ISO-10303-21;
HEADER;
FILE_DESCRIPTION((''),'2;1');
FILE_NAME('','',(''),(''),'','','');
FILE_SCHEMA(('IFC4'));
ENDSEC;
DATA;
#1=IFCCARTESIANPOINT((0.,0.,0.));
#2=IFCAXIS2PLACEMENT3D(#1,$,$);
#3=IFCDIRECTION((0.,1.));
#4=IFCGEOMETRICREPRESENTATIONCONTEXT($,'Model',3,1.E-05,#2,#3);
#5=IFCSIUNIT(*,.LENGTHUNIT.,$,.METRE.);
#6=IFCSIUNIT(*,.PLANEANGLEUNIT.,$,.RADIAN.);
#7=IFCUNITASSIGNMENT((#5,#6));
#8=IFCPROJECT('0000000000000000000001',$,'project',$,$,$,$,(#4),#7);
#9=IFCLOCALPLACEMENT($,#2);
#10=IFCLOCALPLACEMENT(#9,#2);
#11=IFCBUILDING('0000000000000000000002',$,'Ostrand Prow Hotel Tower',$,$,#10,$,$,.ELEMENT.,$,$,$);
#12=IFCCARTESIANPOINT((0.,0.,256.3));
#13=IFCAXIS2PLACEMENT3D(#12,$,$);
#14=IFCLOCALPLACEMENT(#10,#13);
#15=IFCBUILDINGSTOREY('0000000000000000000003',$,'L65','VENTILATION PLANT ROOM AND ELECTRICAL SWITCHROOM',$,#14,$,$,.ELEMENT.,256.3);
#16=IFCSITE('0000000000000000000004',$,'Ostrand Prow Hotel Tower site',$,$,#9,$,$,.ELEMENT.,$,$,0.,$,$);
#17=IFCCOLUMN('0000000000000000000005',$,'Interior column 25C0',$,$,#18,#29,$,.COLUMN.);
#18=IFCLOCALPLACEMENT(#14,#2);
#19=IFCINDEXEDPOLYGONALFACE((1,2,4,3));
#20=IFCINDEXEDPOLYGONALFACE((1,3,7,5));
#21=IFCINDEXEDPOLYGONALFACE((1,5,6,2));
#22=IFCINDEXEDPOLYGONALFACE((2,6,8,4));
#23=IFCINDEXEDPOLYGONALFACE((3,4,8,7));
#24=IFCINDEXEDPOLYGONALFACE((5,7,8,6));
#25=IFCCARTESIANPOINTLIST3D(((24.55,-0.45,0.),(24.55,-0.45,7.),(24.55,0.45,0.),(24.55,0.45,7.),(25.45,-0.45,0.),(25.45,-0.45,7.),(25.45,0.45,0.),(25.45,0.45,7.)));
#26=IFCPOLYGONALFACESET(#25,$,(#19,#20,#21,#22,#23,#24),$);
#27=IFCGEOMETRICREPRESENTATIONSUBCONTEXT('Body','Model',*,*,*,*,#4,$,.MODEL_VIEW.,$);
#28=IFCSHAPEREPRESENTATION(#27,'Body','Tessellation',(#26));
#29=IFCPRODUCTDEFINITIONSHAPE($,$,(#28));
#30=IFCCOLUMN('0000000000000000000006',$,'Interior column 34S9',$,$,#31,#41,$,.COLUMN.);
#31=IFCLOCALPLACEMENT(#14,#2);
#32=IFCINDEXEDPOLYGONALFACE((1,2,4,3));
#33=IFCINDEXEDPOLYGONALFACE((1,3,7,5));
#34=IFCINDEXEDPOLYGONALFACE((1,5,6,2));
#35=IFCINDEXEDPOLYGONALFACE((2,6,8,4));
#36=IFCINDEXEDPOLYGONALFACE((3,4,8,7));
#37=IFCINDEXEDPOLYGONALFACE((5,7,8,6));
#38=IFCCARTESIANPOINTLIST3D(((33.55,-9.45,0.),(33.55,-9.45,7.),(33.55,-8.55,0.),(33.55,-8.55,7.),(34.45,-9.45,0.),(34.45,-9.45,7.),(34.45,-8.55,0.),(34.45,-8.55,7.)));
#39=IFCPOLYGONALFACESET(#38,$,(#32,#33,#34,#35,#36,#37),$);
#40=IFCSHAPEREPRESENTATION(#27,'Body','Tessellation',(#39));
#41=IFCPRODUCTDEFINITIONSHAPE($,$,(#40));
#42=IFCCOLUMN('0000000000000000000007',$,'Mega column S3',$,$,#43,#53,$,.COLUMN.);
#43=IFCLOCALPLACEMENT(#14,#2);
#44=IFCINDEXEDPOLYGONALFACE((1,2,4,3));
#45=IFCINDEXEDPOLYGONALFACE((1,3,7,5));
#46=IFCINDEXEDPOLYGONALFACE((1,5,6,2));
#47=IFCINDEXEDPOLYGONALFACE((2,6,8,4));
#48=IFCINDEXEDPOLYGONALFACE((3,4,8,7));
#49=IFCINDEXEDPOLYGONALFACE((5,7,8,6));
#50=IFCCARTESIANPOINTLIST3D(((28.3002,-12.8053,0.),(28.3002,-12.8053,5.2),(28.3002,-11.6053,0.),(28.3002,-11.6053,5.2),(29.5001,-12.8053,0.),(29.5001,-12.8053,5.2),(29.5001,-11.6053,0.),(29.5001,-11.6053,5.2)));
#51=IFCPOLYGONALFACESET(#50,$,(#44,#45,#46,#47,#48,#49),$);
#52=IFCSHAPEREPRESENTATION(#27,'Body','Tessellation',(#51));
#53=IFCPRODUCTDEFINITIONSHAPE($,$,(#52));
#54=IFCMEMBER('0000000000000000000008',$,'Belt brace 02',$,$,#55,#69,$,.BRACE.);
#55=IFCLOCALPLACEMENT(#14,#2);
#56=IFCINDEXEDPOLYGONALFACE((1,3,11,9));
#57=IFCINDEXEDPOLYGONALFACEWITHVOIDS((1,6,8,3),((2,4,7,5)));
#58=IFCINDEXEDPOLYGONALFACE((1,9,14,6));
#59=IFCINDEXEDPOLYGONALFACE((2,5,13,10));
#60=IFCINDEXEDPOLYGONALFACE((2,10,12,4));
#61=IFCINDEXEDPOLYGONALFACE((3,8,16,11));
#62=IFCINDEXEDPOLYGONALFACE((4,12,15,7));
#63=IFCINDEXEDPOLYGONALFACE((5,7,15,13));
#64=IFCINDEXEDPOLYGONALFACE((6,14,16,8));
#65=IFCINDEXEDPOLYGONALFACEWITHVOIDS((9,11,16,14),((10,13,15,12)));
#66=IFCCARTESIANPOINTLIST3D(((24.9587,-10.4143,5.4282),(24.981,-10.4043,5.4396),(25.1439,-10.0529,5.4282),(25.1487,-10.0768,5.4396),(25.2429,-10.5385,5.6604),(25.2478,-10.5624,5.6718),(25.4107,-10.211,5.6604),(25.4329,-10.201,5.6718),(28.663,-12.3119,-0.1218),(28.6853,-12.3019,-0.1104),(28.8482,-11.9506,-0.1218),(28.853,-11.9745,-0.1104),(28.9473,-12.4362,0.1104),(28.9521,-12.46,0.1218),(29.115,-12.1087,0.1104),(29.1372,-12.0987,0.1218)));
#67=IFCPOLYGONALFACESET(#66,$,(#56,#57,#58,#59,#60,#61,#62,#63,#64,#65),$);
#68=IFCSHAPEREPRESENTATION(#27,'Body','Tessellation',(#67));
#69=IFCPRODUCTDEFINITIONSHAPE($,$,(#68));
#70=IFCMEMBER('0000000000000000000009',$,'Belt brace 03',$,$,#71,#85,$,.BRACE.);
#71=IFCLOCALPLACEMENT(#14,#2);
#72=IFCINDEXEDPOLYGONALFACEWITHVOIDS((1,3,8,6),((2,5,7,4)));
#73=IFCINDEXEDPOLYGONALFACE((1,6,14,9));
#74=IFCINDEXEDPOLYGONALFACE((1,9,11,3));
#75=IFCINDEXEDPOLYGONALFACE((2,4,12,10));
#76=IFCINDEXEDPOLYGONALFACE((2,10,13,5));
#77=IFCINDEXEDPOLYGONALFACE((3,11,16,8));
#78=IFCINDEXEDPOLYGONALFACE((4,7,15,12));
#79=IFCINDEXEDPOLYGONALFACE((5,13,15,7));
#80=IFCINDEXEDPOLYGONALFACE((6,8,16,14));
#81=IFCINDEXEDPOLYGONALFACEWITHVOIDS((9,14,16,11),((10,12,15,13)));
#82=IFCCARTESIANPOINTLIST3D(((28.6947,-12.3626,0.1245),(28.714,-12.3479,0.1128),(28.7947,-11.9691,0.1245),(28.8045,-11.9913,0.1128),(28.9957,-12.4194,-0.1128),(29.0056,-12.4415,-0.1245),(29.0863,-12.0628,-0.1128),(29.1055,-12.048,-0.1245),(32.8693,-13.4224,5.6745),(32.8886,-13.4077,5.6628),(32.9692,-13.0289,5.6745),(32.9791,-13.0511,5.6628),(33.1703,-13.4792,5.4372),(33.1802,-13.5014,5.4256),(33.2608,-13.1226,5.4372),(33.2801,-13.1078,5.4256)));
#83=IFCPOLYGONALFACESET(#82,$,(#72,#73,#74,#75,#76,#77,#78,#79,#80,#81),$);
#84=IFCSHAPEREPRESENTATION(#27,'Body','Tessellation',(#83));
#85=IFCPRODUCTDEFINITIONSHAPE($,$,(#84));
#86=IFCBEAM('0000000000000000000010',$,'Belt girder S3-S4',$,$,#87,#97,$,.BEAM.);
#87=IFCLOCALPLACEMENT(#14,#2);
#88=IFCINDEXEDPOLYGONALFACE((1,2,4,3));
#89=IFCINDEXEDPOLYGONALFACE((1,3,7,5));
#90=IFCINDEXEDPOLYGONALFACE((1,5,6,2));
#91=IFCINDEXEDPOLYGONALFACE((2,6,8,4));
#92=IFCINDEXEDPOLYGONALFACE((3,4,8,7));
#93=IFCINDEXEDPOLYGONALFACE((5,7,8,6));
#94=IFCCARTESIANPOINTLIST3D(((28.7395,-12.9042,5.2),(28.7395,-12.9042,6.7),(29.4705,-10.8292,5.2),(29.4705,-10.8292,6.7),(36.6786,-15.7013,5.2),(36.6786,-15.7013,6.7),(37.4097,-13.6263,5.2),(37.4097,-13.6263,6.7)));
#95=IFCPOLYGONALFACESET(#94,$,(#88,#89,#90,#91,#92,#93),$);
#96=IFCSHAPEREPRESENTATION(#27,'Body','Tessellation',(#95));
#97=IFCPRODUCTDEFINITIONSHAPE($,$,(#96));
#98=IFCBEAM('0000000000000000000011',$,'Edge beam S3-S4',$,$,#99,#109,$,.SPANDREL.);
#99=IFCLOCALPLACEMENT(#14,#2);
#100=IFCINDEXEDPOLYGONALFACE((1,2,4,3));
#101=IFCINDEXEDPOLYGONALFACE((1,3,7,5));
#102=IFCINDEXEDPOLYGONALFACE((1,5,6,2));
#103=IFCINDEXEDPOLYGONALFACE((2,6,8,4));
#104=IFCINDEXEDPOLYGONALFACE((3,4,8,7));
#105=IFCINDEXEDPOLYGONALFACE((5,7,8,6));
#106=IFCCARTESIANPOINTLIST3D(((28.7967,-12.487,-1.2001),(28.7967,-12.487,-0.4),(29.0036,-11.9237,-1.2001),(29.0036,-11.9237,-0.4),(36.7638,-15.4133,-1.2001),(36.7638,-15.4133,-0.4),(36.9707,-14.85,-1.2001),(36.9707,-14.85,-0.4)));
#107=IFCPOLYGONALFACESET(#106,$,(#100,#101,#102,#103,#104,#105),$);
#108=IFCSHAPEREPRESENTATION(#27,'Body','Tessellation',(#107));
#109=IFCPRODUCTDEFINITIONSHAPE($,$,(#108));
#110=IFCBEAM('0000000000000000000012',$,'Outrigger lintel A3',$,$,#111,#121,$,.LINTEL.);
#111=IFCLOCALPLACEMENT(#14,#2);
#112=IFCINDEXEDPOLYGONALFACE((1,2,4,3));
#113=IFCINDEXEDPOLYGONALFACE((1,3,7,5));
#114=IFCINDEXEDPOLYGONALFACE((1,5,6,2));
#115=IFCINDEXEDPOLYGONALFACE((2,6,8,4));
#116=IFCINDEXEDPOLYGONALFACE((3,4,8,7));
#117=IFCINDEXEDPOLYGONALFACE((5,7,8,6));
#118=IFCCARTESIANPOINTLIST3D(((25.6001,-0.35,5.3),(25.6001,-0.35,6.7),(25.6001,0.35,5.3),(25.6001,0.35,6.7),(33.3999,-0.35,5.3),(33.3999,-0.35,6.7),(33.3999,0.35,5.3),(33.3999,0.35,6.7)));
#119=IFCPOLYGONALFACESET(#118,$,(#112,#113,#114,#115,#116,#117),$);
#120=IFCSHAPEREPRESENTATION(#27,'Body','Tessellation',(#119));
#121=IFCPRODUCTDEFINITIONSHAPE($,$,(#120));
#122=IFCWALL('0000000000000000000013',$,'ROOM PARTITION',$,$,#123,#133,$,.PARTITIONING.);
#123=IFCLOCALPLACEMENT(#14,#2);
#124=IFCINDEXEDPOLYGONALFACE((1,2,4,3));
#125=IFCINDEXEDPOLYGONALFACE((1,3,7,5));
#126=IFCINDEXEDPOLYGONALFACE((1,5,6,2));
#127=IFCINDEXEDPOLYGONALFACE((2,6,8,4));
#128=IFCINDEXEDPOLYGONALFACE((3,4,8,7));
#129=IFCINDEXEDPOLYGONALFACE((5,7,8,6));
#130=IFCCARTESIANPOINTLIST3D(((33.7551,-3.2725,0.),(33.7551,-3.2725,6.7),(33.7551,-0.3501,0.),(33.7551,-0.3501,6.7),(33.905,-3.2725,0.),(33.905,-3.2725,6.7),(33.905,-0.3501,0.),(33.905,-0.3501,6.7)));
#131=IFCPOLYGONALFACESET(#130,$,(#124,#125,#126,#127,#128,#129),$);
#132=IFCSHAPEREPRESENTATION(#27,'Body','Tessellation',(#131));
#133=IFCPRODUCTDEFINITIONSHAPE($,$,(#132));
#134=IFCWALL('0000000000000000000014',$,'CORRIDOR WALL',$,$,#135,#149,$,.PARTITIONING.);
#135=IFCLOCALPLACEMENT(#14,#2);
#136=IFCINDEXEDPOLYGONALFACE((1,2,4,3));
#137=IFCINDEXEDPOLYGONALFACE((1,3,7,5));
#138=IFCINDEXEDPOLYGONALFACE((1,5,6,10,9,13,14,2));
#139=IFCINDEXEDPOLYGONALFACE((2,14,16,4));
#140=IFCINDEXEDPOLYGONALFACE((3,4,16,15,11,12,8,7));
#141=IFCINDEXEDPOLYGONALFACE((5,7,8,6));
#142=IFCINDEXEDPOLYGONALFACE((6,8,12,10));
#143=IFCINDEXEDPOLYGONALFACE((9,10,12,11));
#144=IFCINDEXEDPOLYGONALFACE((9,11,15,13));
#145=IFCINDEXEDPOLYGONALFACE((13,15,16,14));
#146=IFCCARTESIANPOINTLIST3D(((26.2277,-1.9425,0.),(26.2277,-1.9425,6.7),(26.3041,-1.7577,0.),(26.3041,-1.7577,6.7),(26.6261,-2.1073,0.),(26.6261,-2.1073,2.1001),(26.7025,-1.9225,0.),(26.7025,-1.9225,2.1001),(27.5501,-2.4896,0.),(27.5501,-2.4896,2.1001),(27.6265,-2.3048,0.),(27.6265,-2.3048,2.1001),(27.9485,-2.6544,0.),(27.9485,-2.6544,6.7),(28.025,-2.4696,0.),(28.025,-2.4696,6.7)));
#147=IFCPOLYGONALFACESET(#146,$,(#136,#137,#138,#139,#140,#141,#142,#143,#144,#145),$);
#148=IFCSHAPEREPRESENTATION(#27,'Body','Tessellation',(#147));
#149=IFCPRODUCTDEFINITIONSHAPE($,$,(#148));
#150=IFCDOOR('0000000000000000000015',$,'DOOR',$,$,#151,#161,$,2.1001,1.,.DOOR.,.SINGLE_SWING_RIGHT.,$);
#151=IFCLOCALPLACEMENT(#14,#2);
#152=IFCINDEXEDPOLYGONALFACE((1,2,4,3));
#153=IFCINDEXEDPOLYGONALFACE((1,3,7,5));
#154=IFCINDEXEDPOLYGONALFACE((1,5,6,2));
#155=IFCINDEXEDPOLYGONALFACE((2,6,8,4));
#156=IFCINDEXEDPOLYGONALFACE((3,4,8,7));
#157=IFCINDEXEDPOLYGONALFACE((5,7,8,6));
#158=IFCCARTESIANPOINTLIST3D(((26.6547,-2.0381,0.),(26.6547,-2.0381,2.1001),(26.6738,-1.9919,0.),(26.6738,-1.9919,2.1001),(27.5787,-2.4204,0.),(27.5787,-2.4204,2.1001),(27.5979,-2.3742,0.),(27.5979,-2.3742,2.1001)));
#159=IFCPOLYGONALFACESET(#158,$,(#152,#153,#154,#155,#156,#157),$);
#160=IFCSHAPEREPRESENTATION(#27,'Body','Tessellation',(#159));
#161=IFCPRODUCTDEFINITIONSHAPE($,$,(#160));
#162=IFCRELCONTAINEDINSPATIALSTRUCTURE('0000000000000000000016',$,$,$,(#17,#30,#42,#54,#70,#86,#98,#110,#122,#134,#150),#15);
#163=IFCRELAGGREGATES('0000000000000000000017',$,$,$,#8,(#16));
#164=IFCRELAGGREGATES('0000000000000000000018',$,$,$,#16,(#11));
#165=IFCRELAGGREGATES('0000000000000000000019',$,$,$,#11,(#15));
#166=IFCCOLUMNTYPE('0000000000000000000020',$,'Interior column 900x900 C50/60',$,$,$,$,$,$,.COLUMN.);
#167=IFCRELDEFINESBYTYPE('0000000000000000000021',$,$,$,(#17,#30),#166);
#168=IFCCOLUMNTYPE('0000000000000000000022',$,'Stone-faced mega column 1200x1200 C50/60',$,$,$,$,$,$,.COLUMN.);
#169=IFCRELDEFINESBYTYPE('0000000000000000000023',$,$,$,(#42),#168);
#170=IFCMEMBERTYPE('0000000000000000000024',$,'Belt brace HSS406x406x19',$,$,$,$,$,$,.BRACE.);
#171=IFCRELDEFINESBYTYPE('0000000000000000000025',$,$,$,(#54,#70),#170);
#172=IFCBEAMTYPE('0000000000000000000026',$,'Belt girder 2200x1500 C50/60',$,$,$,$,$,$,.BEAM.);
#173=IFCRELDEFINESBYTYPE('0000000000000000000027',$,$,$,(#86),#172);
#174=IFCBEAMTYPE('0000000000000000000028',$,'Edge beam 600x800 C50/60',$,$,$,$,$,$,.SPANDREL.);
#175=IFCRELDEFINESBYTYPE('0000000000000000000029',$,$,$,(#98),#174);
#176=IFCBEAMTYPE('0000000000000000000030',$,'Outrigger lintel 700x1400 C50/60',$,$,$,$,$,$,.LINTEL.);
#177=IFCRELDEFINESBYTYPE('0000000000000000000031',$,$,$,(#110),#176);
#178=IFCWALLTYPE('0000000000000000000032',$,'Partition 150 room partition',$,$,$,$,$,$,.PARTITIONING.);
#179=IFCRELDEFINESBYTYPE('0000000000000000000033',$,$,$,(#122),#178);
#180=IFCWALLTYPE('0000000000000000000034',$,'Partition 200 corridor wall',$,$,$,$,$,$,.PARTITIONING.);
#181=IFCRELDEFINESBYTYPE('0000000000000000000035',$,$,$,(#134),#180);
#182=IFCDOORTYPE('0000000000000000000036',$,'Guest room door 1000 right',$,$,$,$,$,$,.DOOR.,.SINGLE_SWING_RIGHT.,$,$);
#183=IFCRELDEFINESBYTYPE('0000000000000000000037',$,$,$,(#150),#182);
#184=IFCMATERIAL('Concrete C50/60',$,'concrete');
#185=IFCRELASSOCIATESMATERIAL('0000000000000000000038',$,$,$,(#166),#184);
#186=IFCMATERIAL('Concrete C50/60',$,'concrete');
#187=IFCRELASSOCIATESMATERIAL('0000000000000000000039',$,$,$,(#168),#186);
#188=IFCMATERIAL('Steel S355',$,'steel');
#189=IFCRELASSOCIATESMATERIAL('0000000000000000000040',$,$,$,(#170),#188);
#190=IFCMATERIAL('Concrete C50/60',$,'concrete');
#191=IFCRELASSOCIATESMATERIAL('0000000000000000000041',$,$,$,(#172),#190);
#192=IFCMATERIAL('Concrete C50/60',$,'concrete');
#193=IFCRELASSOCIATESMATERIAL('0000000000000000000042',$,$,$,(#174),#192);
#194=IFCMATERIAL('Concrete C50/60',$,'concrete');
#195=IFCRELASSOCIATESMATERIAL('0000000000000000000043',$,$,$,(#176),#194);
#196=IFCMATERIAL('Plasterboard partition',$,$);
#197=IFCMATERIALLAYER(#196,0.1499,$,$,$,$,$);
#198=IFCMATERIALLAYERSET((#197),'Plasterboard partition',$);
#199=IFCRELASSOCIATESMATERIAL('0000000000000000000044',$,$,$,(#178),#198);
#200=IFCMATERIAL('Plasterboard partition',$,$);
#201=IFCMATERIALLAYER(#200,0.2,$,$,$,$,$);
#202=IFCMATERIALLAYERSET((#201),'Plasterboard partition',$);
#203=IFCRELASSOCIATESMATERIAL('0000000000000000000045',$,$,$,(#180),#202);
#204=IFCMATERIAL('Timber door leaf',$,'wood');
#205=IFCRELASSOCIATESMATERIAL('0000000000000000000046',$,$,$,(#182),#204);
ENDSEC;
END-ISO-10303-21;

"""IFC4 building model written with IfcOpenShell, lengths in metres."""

from ifc_helpers import new_model, si_unit, direction, frame, frame_2d, origin, origin_2d, place, context, subcontext, project, spatial, rectangle, hollow_rectangle, extrude, material, layer, layer_set, material_profile, profile_set, type_object, element, fill, save


model = new_model("IFC4")

# Units and contexts
model_context = context("Model", 3, precision=1e-05, world=origin(), true_north=direction((0.0, 1.0)))
body_context = subcontext(model_context, "Body", "Model", "MODEL_VIEW")
ifc_project = project(units=[si_unit("LENGTHUNIT", "METRE"), si_unit("PLANEANGLEUNIT", "RADIAN")], contexts=[model_context])

# Site, building, storey
site_placement = place(None, origin())
site = spatial("IfcSite", under=ifc_project, at=site_placement, Name="Ostrand Prow Hotel Tower site", CompositionType="ELEMENT", RefElevation=0.0)
building_placement = place(site_placement, origin())
building = spatial("IfcBuilding", under=site, at=building_placement, Name="Ostrand Prow Hotel Tower", CompositionType="ELEMENT")
storey_placement = place(building_placement, frame((0.0, 0.0, 256.3)))
storey = spatial("IfcBuildingStorey", under=building, at=storey_placement, Name="L65", Description="VENTILATION PLANT ROOM AND ELECTRICAL SWITCHROOM", CompositionType="ELEMENT", Elevation=256.3)

# Columns
ifc_material_1 = material(Name="Concrete C50/60", Category="concrete")
ifc_material_profile_1 = material_profile(ifc_material_1, rectangle(XDim=0.8999, YDim=0.8999, at=origin_2d()), Name="RC 900x900")
ifc_profile_set_1 = profile_set([ifc_material_profile_1], Name="Concrete C50/60")
column_type_1 = type_object("IfcColumnType", Name="Interior column 900x900 C50/60", PredefinedType="COLUMN", material=ifc_profile_set_1)
for number, where, z_axis, x_axis, name in (
    (1, (25.0, 0.0, 0.0), (0.0, 0.0, 1.0), (1.0, 0.0, 0.0), "Interior column 25C0"),
    (2, (34.0, -9.0, 0.0), (0.0, 0.0, 1.0), (1.0, 0.0, 0.0), "Interior column 34S9"),
):
    element("IfcColumn", number, at=place(storey_placement, frame(where, z_axis=z_axis, x_axis=x_axis)), inside=storey, type_object=column_type_1, Name=name, PredefinedType="COLUMN", context=body_context, shape_type="SweptSolid", body=[
        extrude(rectangle(XDim=0.8999, YDim=0.8999, at=origin_2d()), origin(), (0.0, 0.0, 1.0), 7.0),
    ])
ifc_material_2 = material(Name="Concrete C50/60", Category="concrete")
ifc_material_profile_2 = material_profile(ifc_material_2, rectangle(XDim=1.2, YDim=1.2, at=origin_2d()), Name="RC 1200x1200")
ifc_profile_set_2 = profile_set([ifc_material_profile_2], Name="Concrete C50/60")
column_type_2 = type_object("IfcColumnType", Name="Stone-faced mega column 1200x1200 C50/60", PredefinedType="COLUMN", material=ifc_profile_set_2)
column_placement = place(storey_placement, frame((28.9001, -12.2053, 0.0), z_axis=(0.0, 0.0, 1.0), x_axis=(1.0, 0.0, 0.0)))
element("IfcColumn", 3, at=column_placement, inside=storey, type_object=column_type_2, Name="Mega column S3", PredefinedType="COLUMN", context=body_context, shape_type="SweptSolid", body=[
    extrude(rectangle(XDim=1.2, YDim=1.2, at=origin_2d()), origin(), (0.0, 0.0, 1.0), 5.2),
])

# Members
ifc_material_3 = material(Name="Steel S355", Category="steel")
ifc_material_profile_3 = material_profile(ifc_material_3, hollow_rectangle(XDim=0.406, YDim=0.406, WallThickness=0.019, at=origin_2d()), Name="HSS406x406x19")
ifc_profile_set_3 = profile_set([ifc_material_profile_3], Name="Steel S355")
member_type = type_object("IfcMemberType", Name="Belt brace HSS406x406x19", PredefinedType="BRACE", material=ifc_profile_set_3)
member_1_placement = place(storey_placement, frame((28.9001, -12.2053, 0.0), z_axis=(-0.533973, 0.27355, 0.800027), x_axis=(-0.455944, -0.890009, 0.0)))
element("IfcMember", 4, at=member_1_placement, inside=storey, type_object=member_type, Name="Belt brace 02", PredefinedType="BRACE", context=body_context, shape_type="SweptSolid", body=[
    extrude(hollow_rectangle(XDim=0.406, YDim=0.406, WallThickness=0.019, at=origin_2d()), origin(), (0.0, 0.0, 1.0), 6.9373),
])
member_2_placement = place(storey_placement, frame((28.9001, -12.2053, 0.0), z_axis=(0.594228, -0.150859, 0.790022), x_axis=(0.246068, 0.969252, 0.0)))
element("IfcMember", 5, at=member_2_placement, inside=storey, type_object=member_type, Name="Belt brace 03", PredefinedType="BRACE", context=body_context, shape_type="SweptSolid", body=[
    extrude(hollow_rectangle(XDim=0.406, YDim=0.406, WallThickness=0.019, at=origin_2d()), origin(), (0.0, 0.0, 1.0), 7.0251),
])

# Beams
ifc_material_4 = material(Name="Concrete C50/60", Category="concrete")
ifc_material_profile_4 = material_profile(ifc_material_4, rectangle(XDim=2.2, YDim=1.5, at=origin_2d()), Name="RC 2200x1500")
ifc_profile_set_4 = profile_set([ifc_material_profile_4], Name="Concrete C50/60")
beam_type_1 = type_object("IfcBeamType", Name="Belt girder 2200x1500 C50/60", PredefinedType="BEAM", material=ifc_profile_set_4)
beam_1_placement = place(storey_placement, frame((29.105, -11.8667, 5.95), z_axis=(0.943175, -0.332297, 0.0), x_axis=(0.332297, 0.943175, 0.0)))
element("IfcBeam", 6, at=beam_1_placement, inside=storey, type_object=beam_type_1, Name="Belt girder S3-S4", PredefinedType="BEAM", context=body_context, shape_type="SweptSolid", body=[
    extrude(rectangle(XDim=2.2, YDim=1.5, at=origin_2d()), origin(), (0.0, 0.0, 1.0), 8.4175),
])
ifc_material_5 = material(Name="Concrete C50/60", Category="concrete")
ifc_material_profile_5 = material_profile(ifc_material_5, rectangle(XDim=0.6001, YDim=0.8, at=origin_2d()), Name="RC 600x800")
ifc_profile_set_5 = profile_set([ifc_material_profile_5], Name="Concrete C50/60")
beam_type_2 = type_object("IfcBeamType", Name="Edge beam 600x800 C50/60", PredefinedType="SPANDREL", material=ifc_profile_set_5)
beam_2_placement = place(storey_placement, frame((28.9001, -12.2053, -0.8), z_axis=(0.938685, -0.344776, 0.0), x_axis=(0.344776, 0.938685, 0.0)))
element("IfcBeam", 7, at=beam_2_placement, inside=storey, type_object=beam_type_2, Name="Edge beam S3-S4", PredefinedType="SPANDREL", context=body_context, shape_type="SweptSolid", body=[
    extrude(rectangle(XDim=0.6001, YDim=0.8, at=origin_2d()), origin(), (0.0, 0.0, 1.0), 8.4875),
])
ifc_material_6 = material(Name="Concrete C50/60", Category="concrete")
ifc_material_profile_6 = material_profile(ifc_material_6, rectangle(XDim=0.7, YDim=1.3999, at=origin_2d()), Name="RC 700x1400")
ifc_profile_set_6 = profile_set([ifc_material_profile_6], Name="Concrete C50/60")
beam_type_3 = type_object("IfcBeamType", Name="Outrigger lintel 700x1400 C50/60", PredefinedType="LINTEL", material=ifc_profile_set_6)
beam_3_placement = place(storey_placement, frame((25.6001, 0.0, 6.0), z_axis=(1.0, 0.0, 0.0), x_axis=(0.0, 1.0, 0.0)))
element("IfcBeam", 8, at=beam_3_placement, inside=storey, type_object=beam_type_3, Name="Outrigger lintel A3", PredefinedType="LINTEL", context=body_context, shape_type="SweptSolid", body=[
    extrude(rectangle(XDim=0.7, YDim=1.3999, at=origin_2d()), origin(), (0.0, 0.0, 1.0), 7.7998),
])

# Wall
ifc_material_7 = material(Name="Plasterboard partition")
ifc_layer_1 = layer(ifc_material_7, 0.1499)
ifc_layer_set_1 = layer_set([ifc_layer_1], Name="Plasterboard partition")
wall_type_1 = type_object("IfcWallType", Name="Partition 150 room partition", PredefinedType="PARTITIONING", material=ifc_layer_set_1)
wall_1_placement = place(storey_placement, frame((33.8301, -3.2725, 0.0), z_axis=(0.0, 0.0, 1.0), x_axis=(0.0, 1.0, 0.0)))
element("IfcWall", 9, at=wall_1_placement, inside=storey, type_object=wall_type_1, Name="ROOM PARTITION", PredefinedType="PARTITIONING", context=body_context, shape_type="SweptSolid", body=[
    extrude(rectangle(XDim=2.9224, YDim=0.1499, at=frame_2d((1.4612, 0.0))), origin(), (0.0, 0.0, 1.0), 6.7),
])

# Wall, opening, door
ifc_material_8 = material(Name="Plasterboard partition")
ifc_layer_2 = layer(ifc_material_8, 0.2)
ifc_layer_set_2 = layer_set([ifc_layer_2], Name="Plasterboard partition")
wall_type_2 = type_object("IfcWallType", Name="Partition 200 corridor wall", PredefinedType="PARTITIONING", material=ifc_layer_set_2)
wall_2_placement = place(storey_placement, frame((26.2659, -1.8501, 0.0), z_axis=(0.0, 0.0, 1.0), x_axis=(0.924055, -0.382259, 0.0)))
wall_2 = element("IfcWall", 10, at=wall_2_placement, inside=storey, type_object=wall_type_2, Name="CORRIDOR WALL", PredefinedType="PARTITIONING", context=body_context, shape_type="SweptSolid", body=[
    extrude(rectangle(XDim=1.8623, YDim=0.2, at=frame_2d((0.9312, 0.0))), origin(), (0.0, 0.0, 1.0), 6.7),
])
opening_1_placement = place(wall_2_placement, frame((0.4312, 0.0, 0.0)))
opening_1 = element("IfcOpeningElement", 11, at=opening_1_placement, cuts=wall_2, PredefinedType="OPENING", context=body_context, shape_type="SweptSolid", body=[
    extrude(rectangle(XDim=1.0, YDim=2.1001, at=frame_2d((0.5, 1.05))), frame((0.0, 0.1099, 0.0), z_axis=(0.0, -1.0, 0.0), x_axis=(1.0, 0.0, 0.0)), (0.0, 0.0, 1.0), 0.22),
])
ifc_material_9 = material(Name="Timber door leaf", Category="wood")
door_type_1 = type_object("IfcDoorType", Name="Guest room door 1000 right", OperationType="SINGLE_SWING_RIGHT", PredefinedType="DOOR", material=ifc_material_9)
door_1_placement = place(opening_1_placement, origin())
door_1 = element("IfcDoor", 12, at=door_1_placement, inside=storey, type_object=door_type_1, Name="DOOR", OperationType="SINGLE_SWING_RIGHT", OverallHeight=2.1001, OverallWidth=1.0, PredefinedType="DOOR", context=body_context, shape_type="SweptSolid", body=[
    extrude(rectangle(XDim=1.0, YDim=2.1001, at=frame_2d((0.5, 1.05))), frame((0.0, 0.0249, 0.0), z_axis=(0.0, -1.0, 0.0), x_axis=(1.0, 0.0, 0.0)), (0.0, 0.0, 1.0), 0.05),
])
fill(opening_1, door_1)

save(model, "model.ifc")
